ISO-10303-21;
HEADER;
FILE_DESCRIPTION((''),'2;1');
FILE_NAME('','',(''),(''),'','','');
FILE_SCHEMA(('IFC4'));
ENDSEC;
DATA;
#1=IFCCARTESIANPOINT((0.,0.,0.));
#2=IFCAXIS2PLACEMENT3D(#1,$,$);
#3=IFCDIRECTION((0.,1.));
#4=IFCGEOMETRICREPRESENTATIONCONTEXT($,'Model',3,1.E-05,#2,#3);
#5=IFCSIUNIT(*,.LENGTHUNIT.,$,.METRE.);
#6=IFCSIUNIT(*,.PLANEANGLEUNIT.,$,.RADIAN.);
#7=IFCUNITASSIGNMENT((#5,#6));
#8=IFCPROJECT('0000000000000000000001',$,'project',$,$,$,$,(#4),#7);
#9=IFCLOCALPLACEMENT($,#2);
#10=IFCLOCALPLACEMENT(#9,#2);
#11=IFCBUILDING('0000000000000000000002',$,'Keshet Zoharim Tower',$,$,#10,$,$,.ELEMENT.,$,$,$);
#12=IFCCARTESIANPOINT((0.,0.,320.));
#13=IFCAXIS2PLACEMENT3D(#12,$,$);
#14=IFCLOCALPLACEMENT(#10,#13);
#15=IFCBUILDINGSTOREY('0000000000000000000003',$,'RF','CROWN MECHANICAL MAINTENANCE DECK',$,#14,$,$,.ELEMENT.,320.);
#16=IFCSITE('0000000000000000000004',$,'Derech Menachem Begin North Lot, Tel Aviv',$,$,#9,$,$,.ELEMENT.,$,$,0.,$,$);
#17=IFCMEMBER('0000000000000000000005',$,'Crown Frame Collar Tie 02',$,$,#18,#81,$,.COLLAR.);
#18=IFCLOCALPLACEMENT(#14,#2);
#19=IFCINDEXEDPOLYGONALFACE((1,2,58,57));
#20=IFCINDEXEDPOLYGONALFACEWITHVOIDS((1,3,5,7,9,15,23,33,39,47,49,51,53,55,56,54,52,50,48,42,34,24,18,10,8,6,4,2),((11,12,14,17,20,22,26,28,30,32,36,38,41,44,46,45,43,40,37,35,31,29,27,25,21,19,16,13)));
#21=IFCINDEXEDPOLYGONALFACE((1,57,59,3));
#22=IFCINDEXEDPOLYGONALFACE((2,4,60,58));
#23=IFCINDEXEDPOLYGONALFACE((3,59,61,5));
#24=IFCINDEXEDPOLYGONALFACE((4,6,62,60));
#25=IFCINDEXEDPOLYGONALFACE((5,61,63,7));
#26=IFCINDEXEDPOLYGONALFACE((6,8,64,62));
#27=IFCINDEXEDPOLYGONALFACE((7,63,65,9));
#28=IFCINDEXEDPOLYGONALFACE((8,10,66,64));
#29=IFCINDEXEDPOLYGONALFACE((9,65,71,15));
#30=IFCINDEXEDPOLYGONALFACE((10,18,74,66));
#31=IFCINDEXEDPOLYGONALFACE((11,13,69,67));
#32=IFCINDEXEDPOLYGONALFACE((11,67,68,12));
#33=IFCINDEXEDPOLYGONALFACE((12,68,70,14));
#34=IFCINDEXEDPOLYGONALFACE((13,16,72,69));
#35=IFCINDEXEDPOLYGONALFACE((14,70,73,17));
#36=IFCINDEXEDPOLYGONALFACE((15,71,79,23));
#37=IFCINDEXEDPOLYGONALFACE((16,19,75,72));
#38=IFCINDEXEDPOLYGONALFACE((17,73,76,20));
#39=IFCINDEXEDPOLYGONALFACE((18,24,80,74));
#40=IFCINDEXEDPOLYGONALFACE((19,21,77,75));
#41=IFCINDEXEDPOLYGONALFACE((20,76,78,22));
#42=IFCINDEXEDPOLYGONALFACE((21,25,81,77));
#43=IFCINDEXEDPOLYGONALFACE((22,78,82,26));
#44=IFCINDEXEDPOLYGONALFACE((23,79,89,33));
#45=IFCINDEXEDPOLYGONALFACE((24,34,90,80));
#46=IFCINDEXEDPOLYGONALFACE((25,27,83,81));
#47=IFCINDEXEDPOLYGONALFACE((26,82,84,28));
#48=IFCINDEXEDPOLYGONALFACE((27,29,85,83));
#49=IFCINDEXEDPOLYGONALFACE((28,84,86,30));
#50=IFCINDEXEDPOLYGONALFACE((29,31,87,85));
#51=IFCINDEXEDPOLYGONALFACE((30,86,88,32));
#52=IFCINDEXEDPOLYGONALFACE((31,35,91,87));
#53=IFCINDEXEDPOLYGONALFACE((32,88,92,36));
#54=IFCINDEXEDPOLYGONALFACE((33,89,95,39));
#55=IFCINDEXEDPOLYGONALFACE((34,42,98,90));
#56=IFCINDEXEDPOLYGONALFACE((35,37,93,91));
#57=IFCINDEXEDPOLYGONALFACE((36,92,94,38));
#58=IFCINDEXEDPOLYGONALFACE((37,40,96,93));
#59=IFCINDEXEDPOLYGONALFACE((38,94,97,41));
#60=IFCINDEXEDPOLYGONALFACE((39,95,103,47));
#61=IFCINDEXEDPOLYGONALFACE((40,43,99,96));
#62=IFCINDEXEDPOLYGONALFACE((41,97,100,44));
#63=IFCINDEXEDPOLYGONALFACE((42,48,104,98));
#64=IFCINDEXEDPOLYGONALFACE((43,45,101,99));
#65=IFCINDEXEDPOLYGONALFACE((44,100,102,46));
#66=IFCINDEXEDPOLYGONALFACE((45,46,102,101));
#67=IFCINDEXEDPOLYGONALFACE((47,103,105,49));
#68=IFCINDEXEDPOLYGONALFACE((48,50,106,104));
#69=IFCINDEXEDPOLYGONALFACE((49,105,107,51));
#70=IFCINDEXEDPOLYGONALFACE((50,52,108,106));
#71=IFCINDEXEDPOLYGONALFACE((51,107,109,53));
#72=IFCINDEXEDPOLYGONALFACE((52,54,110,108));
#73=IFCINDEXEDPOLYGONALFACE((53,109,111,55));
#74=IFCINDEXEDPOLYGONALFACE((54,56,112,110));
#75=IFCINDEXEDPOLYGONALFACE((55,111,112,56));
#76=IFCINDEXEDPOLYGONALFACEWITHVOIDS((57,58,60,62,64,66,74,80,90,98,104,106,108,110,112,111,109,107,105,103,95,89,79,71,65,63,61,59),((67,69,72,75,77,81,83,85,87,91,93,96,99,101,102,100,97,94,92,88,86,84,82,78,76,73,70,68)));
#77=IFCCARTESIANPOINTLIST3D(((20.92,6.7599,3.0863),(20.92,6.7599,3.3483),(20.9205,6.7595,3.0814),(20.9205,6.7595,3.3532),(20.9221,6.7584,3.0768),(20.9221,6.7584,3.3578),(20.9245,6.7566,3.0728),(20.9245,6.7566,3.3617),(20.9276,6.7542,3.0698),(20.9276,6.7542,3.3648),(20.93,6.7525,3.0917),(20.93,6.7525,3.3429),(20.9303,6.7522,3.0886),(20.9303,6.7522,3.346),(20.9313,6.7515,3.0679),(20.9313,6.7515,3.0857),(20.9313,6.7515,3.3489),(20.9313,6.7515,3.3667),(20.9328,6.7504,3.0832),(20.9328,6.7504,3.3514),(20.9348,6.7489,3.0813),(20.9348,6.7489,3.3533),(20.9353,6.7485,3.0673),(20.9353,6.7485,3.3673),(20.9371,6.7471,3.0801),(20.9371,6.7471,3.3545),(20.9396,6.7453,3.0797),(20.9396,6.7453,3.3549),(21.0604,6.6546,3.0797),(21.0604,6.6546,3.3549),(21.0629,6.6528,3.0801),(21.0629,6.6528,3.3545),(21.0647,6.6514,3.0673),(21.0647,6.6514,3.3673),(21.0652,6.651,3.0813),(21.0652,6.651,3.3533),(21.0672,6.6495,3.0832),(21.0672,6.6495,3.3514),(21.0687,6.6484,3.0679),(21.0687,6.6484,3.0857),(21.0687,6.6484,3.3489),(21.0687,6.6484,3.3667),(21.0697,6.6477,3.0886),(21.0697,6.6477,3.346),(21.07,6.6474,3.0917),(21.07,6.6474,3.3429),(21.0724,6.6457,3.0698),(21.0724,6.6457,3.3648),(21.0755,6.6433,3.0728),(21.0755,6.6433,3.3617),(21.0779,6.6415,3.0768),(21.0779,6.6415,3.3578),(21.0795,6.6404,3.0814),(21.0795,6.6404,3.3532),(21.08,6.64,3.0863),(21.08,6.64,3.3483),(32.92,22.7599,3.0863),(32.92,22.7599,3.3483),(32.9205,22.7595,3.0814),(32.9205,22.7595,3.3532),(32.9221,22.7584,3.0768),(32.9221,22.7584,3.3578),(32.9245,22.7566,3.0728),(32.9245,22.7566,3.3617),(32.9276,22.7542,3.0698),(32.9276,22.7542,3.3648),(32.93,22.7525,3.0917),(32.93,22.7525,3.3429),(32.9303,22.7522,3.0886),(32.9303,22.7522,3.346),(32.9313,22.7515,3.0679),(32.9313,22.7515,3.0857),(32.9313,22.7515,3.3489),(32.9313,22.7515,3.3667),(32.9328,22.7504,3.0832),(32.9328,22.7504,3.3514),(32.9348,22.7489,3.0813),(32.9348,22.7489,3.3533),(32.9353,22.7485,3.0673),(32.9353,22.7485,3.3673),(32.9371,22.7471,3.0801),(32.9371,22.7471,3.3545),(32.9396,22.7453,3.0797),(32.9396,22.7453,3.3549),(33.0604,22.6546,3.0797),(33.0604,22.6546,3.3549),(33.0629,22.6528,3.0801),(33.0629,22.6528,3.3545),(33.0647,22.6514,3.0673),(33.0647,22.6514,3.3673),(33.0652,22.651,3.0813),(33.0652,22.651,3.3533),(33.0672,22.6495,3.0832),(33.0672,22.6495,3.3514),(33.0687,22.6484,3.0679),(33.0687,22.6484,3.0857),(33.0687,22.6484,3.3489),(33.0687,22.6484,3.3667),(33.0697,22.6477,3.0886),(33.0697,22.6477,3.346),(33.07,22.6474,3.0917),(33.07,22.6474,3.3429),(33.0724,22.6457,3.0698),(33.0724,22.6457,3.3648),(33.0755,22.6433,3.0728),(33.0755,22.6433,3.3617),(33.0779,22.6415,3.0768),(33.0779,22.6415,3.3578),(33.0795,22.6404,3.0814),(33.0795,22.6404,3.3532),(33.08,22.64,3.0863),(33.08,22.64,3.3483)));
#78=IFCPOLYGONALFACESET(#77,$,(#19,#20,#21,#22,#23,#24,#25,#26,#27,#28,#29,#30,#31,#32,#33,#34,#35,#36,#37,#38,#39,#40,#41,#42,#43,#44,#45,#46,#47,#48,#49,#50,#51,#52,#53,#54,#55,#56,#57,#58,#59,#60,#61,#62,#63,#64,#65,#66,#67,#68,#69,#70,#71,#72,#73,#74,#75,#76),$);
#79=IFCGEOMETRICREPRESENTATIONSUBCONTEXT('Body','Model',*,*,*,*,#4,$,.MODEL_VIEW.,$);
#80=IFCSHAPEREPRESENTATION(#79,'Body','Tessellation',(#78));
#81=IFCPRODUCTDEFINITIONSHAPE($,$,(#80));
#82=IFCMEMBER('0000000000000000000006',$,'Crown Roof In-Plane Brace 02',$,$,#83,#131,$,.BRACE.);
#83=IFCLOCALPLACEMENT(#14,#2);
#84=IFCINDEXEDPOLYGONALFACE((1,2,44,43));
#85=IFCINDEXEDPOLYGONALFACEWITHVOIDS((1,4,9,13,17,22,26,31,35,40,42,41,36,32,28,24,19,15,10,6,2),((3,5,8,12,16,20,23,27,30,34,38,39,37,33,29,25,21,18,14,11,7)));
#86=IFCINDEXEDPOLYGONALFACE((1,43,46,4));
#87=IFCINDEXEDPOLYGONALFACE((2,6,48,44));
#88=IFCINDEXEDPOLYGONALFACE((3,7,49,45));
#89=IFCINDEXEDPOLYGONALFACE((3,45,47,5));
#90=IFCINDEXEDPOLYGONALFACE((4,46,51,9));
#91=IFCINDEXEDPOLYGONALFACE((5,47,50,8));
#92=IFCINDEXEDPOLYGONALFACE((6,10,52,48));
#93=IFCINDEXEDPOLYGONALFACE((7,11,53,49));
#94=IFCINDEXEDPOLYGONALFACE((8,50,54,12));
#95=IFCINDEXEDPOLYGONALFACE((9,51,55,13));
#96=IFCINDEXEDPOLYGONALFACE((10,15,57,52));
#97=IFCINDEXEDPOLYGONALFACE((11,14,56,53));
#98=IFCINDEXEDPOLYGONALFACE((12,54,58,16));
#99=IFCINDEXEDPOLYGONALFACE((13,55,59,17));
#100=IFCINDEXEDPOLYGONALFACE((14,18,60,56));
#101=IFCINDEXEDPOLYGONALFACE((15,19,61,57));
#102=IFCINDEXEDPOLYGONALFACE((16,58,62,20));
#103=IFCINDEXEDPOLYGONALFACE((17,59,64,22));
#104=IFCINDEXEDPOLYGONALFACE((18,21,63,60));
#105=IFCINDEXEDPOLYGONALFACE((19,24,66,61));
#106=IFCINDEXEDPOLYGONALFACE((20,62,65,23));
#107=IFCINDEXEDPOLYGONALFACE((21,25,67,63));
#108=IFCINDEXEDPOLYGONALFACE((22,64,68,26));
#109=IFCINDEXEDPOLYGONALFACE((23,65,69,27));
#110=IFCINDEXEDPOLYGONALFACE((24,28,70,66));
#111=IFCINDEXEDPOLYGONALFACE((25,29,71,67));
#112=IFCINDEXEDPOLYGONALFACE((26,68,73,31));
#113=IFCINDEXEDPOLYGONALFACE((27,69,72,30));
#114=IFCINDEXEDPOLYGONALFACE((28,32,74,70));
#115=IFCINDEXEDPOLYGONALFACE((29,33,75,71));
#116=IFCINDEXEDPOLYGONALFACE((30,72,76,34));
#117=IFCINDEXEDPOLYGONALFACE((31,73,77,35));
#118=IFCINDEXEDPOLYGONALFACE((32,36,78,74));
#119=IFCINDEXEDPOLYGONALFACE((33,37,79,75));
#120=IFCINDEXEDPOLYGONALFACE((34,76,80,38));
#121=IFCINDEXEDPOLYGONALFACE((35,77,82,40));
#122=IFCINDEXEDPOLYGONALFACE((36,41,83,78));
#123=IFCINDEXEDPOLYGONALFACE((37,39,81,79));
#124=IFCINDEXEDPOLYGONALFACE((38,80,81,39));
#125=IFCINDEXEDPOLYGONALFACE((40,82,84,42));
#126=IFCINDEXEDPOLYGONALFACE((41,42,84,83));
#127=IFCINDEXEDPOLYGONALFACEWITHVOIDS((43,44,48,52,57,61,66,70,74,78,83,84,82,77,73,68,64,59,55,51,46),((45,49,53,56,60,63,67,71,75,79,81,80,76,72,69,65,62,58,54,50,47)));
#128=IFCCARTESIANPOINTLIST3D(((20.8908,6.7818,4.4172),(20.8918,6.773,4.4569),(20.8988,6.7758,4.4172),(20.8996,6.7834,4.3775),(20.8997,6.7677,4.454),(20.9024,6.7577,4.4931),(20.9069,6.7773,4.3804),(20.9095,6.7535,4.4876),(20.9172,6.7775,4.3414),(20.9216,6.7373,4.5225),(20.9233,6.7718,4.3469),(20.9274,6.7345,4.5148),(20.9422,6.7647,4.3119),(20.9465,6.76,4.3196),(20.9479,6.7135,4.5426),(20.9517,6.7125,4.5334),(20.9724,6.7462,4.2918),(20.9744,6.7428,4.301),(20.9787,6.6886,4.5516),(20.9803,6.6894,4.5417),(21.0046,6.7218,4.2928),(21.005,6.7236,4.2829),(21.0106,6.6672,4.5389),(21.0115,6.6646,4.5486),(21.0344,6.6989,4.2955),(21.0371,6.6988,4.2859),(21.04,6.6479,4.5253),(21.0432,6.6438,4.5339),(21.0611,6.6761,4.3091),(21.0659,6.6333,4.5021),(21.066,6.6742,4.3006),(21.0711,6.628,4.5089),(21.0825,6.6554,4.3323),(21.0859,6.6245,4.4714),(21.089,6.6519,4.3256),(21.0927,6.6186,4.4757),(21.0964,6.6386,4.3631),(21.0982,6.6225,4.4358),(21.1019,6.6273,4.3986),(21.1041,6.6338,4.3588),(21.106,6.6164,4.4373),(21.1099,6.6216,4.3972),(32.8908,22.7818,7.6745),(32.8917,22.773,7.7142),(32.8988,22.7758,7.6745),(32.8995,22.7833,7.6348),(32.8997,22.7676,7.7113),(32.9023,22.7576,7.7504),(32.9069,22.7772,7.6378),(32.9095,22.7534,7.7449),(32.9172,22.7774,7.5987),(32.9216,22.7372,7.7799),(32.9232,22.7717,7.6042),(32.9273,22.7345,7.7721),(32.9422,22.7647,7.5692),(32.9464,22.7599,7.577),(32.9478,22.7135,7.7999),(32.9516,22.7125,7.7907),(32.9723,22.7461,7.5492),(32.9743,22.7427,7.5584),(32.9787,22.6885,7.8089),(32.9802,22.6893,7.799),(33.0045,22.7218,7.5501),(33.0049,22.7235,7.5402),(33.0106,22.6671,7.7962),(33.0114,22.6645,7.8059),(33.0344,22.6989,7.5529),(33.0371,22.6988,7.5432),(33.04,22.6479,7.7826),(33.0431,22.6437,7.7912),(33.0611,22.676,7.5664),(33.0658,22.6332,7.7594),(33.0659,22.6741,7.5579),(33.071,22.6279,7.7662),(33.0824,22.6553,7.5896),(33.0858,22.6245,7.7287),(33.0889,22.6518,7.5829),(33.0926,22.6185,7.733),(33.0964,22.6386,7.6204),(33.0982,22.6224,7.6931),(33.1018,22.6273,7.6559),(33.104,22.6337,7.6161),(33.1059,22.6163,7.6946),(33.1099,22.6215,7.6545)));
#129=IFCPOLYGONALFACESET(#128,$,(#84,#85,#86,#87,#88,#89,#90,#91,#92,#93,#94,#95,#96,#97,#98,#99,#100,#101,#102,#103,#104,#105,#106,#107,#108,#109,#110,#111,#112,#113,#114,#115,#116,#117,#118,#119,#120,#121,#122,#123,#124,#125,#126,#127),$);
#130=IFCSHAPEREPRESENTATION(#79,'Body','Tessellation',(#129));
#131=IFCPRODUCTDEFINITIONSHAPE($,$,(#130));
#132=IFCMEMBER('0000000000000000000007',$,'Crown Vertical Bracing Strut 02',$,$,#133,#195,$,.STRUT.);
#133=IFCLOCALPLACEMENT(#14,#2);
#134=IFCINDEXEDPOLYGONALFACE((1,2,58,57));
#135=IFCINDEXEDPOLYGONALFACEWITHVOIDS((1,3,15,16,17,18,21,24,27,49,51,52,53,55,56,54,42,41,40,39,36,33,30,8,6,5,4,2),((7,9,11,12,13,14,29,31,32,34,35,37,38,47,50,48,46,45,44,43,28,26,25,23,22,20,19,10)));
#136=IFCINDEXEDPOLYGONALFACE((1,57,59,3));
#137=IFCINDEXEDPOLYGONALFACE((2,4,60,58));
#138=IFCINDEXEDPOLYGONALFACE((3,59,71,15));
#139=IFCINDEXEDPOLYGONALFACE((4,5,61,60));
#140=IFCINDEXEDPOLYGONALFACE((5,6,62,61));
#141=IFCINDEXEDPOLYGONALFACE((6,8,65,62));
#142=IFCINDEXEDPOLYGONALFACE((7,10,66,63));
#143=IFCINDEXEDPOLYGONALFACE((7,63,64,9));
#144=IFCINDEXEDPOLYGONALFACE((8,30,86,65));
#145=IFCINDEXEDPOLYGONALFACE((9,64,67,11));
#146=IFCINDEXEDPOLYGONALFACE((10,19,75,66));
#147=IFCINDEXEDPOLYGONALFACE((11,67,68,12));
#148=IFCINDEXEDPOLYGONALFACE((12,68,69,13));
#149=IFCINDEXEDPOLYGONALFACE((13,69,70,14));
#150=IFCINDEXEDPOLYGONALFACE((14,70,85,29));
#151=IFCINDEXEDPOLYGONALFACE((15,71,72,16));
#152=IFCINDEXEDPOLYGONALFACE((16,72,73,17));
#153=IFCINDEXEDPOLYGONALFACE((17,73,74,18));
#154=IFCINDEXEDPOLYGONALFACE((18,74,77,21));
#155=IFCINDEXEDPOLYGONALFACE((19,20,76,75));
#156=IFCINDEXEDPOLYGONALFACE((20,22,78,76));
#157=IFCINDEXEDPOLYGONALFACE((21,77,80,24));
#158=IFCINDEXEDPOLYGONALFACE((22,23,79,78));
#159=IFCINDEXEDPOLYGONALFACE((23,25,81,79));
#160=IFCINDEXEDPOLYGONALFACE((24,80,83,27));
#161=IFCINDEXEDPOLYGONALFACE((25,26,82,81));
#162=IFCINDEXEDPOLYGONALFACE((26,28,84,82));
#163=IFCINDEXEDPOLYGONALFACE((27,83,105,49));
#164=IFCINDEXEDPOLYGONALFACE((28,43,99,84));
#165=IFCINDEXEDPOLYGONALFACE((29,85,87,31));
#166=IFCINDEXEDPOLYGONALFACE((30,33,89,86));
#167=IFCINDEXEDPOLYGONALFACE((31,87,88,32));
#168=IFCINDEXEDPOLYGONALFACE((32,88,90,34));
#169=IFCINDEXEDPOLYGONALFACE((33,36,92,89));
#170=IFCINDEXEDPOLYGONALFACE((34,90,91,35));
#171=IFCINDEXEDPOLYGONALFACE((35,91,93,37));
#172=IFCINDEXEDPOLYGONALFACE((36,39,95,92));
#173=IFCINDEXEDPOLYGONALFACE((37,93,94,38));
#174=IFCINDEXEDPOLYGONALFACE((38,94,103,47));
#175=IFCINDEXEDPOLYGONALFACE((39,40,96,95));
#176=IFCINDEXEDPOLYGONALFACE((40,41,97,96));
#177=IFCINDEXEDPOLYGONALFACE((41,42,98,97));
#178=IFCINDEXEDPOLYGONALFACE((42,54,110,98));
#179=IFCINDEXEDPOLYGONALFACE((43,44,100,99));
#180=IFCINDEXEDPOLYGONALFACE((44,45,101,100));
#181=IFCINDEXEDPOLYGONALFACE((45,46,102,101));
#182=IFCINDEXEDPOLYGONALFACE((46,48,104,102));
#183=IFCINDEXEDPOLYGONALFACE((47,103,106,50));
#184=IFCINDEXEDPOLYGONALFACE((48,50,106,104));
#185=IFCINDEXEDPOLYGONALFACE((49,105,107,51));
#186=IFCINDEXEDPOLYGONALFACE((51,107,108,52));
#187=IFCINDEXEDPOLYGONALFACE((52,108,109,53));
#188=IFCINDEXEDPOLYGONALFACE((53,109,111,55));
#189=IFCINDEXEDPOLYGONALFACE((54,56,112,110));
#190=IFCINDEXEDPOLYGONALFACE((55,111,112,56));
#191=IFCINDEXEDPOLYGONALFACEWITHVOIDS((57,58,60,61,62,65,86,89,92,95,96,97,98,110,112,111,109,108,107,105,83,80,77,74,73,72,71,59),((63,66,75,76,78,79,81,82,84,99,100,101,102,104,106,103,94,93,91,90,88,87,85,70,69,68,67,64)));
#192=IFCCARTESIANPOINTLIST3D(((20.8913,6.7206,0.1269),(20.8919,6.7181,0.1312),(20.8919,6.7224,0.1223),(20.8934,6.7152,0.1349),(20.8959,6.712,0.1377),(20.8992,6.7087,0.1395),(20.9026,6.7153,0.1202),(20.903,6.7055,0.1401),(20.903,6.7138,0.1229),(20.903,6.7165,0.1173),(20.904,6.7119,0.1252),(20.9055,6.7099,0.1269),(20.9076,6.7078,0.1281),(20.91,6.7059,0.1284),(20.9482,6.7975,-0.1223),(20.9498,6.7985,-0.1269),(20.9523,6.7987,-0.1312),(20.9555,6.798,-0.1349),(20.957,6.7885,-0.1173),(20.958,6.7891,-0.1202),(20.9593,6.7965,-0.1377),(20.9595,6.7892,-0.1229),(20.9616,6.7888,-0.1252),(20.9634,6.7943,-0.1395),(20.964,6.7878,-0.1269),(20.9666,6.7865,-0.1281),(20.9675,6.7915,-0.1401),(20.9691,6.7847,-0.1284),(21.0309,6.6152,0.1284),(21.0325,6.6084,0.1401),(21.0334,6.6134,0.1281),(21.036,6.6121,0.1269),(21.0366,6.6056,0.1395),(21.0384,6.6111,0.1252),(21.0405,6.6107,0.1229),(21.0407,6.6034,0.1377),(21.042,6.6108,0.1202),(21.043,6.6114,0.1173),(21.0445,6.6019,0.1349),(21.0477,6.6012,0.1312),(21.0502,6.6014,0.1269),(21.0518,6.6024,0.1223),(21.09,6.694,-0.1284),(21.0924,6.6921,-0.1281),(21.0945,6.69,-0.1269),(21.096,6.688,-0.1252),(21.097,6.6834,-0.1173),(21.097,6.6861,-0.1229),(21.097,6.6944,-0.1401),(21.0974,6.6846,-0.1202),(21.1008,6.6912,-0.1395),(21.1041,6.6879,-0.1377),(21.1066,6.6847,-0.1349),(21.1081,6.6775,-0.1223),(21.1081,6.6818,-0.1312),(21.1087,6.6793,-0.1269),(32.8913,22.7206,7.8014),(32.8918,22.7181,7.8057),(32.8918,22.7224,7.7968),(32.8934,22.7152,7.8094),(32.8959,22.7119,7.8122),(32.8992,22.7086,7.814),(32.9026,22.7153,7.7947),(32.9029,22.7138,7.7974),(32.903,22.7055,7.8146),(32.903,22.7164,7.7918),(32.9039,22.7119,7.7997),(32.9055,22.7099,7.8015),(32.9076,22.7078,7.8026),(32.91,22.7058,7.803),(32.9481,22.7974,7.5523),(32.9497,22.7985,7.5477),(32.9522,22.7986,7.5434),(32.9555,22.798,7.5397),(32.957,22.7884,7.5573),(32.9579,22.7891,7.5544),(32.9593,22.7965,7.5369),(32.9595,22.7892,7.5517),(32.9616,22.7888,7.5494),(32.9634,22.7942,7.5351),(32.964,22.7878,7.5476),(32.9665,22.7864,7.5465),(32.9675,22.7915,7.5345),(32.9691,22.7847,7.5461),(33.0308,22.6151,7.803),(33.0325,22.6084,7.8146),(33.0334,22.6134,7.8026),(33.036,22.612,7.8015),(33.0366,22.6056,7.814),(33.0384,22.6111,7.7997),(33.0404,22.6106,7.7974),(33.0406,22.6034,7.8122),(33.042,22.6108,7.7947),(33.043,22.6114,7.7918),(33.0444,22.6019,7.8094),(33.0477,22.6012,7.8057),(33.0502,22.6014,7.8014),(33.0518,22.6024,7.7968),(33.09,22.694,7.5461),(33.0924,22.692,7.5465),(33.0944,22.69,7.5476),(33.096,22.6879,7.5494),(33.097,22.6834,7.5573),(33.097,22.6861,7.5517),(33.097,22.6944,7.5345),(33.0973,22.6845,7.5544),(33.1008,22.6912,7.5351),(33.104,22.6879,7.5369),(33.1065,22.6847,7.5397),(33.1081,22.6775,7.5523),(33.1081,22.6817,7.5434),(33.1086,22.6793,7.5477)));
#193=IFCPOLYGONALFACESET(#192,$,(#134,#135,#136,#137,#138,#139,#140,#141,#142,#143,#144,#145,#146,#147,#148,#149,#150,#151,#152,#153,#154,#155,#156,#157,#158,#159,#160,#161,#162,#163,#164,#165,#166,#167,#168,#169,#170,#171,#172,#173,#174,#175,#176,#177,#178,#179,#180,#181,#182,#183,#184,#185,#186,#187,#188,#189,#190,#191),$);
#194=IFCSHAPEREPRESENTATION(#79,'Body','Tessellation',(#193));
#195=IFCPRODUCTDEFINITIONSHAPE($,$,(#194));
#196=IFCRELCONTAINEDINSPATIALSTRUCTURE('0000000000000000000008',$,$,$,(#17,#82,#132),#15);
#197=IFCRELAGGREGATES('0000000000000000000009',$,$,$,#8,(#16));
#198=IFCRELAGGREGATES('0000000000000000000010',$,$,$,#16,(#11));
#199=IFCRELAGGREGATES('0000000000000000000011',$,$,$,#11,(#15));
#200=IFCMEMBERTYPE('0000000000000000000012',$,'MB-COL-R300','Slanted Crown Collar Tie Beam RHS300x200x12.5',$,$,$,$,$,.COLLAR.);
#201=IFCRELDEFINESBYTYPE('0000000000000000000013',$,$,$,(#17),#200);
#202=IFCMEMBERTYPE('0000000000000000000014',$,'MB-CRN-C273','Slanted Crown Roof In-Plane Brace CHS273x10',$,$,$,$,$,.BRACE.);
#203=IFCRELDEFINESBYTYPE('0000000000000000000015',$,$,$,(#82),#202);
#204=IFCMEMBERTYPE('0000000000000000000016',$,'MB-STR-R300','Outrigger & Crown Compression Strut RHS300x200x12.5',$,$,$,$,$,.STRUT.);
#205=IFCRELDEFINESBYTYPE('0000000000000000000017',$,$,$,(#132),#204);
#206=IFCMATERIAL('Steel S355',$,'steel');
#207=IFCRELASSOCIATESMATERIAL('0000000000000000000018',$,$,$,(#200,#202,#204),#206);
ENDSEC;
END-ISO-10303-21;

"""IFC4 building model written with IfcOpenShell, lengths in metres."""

from ifc_helpers import new_model, si_unit, direction, frame, origin, origin_2d, place, context, subcontext, project, spatial, hollow_rectangle, hollow_circle, extrude, material, material_profile, profile_set, type_object, element, save


model = new_model("IFC4")

# Units and contexts
model_context = context("Model", 3, precision=1e-05, world=origin(), true_north=direction((0.0, 1.0)))
body_context = subcontext(model_context, "Body", "Model", "MODEL_VIEW")
ifc_project = project(units=[si_unit("LENGTHUNIT", "METRE"), si_unit("PLANEANGLEUNIT", "RADIAN")], contexts=[model_context])

# Site, building, storey
site_placement = place(None, origin())
site = spatial("IfcSite", under=ifc_project, at=site_placement, Name="Derech Menachem Begin North Lot, Tel Aviv", CompositionType="ELEMENT", RefElevation=0.0)
building_placement = place(site_placement, origin())
building = spatial("IfcBuilding", under=site, at=building_placement, Name="Keshet Zoharim Tower", CompositionType="ELEMENT")
storey_placement = place(building_placement, frame((0.0, 0.0, 320.0)))
storey = spatial("IfcBuildingStorey", under=building, at=storey_placement, Name="RF", Description="CROWN MECHANICAL MAINTENANCE DECK", CompositionType="ELEMENT", Elevation=320.0)

# Shared definitions
ifc_material_1 = material(Name="Steel S355", Category="steel")

# Members
ifc_material_profile_1 = material_profile(ifc_material_1, hollow_rectangle(XDim=0.2, YDim=0.3, WallThickness=0.0125, InnerFilletRadius=0.012, OuterFilletRadius=0.019, at=origin_2d()), Name="RHS300x200x12.5")
ifc_profile_set_1 = profile_set([ifc_material_profile_1], Name="Steel S355")
member_type_1 = type_object("IfcMemberType", Name="MB-COL-R300", Description="Slanted Crown Collar Tie Beam RHS300x200x12.5", PredefinedType="COLLAR", material=ifc_profile_set_1)
member_1_placement = place(storey_placement, frame((21.0, 6.7, 3.2173), z_axis=(0.6, 0.8, 0.0), x_axis=(-0.8, 0.6, 0.0)))
element("IfcMember", 1, at=member_1_placement, inside=storey, type_object=member_type_1, Name="Crown Frame Collar Tie 02", PredefinedType="COLLAR", context=body_context, shape_type="SweptSolid", body=[
    extrude(hollow_rectangle(XDim=0.2, YDim=0.3, WallThickness=0.0125, InnerFilletRadius=0.012, OuterFilletRadius=0.019, at=origin_2d()), origin(), (0.0, 0.0, 1.0), 20.0),
])
ifc_material_profile_2 = material_profile(ifc_material_1, hollow_circle(Radius=0.1365, WallThickness=0.01, at=origin_2d()), Name="CHS273x10")
ifc_profile_set_2 = profile_set([ifc_material_profile_2], Name="Steel S355")
member_type_2 = type_object("IfcMemberType", Name="MB-CRN-C273", Description="Slanted Crown Roof In-Plane Brace CHS273x10", PredefinedType="BRACE", material=ifc_profile_set_2)
member_2_placement = place(storey_placement, frame((21.0, 6.7, 4.4172), z_axis=(0.592197, 0.789596, 0.160748), x_axis=(-0.8, 0.6, 0.0)))
element("IfcMember", 2, at=member_2_placement, inside=storey, type_object=member_type_2, Name="Crown Roof In-Plane Brace 02", PredefinedType="BRACE", context=body_context, shape_type="SweptSolid", body=[
    extrude(hollow_circle(Radius=0.1365, WallThickness=0.01, at=origin_2d()), origin(), (0.0, 0.0, 1.0), 20.2634),
])
ifc_material_profile_3 = material_profile(ifc_material_1, hollow_rectangle(XDim=0.2, YDim=0.3, WallThickness=0.0125, InnerFilletRadius=0.012, OuterFilletRadius=0.019, at=origin_2d()), Name="RHS300x200x12.5")
ifc_profile_set_3 = profile_set([ifc_material_profile_3], Name="Steel S355")
member_type_3 = type_object("IfcMemberType", Name="MB-STR-R300", Description="Outrigger & Crown Compression Strut RHS300x200x12.5", PredefinedType="STRUT", material=ifc_profile_set_3)
member_3_placement = place(storey_placement, frame((21.0, 6.7, 0.0), z_axis=(0.560174, 0.746898, 0.358257), x_axis=(-0.8, 0.6, 0.0)))
element("IfcMember", 3, at=member_3_placement, inside=storey, type_object=member_type_3, Name="Crown Vertical Bracing Strut 02", PredefinedType="STRUT", context=body_context, shape_type="SweptSolid", body=[
    extrude(hollow_rectangle(XDim=0.2, YDim=0.3, WallThickness=0.0125, InnerFilletRadius=0.012, OuterFilletRadius=0.019, at=origin_2d()), origin(), (0.0, 0.0, 1.0), 21.4219),
])

save(model, "model.ifc")
